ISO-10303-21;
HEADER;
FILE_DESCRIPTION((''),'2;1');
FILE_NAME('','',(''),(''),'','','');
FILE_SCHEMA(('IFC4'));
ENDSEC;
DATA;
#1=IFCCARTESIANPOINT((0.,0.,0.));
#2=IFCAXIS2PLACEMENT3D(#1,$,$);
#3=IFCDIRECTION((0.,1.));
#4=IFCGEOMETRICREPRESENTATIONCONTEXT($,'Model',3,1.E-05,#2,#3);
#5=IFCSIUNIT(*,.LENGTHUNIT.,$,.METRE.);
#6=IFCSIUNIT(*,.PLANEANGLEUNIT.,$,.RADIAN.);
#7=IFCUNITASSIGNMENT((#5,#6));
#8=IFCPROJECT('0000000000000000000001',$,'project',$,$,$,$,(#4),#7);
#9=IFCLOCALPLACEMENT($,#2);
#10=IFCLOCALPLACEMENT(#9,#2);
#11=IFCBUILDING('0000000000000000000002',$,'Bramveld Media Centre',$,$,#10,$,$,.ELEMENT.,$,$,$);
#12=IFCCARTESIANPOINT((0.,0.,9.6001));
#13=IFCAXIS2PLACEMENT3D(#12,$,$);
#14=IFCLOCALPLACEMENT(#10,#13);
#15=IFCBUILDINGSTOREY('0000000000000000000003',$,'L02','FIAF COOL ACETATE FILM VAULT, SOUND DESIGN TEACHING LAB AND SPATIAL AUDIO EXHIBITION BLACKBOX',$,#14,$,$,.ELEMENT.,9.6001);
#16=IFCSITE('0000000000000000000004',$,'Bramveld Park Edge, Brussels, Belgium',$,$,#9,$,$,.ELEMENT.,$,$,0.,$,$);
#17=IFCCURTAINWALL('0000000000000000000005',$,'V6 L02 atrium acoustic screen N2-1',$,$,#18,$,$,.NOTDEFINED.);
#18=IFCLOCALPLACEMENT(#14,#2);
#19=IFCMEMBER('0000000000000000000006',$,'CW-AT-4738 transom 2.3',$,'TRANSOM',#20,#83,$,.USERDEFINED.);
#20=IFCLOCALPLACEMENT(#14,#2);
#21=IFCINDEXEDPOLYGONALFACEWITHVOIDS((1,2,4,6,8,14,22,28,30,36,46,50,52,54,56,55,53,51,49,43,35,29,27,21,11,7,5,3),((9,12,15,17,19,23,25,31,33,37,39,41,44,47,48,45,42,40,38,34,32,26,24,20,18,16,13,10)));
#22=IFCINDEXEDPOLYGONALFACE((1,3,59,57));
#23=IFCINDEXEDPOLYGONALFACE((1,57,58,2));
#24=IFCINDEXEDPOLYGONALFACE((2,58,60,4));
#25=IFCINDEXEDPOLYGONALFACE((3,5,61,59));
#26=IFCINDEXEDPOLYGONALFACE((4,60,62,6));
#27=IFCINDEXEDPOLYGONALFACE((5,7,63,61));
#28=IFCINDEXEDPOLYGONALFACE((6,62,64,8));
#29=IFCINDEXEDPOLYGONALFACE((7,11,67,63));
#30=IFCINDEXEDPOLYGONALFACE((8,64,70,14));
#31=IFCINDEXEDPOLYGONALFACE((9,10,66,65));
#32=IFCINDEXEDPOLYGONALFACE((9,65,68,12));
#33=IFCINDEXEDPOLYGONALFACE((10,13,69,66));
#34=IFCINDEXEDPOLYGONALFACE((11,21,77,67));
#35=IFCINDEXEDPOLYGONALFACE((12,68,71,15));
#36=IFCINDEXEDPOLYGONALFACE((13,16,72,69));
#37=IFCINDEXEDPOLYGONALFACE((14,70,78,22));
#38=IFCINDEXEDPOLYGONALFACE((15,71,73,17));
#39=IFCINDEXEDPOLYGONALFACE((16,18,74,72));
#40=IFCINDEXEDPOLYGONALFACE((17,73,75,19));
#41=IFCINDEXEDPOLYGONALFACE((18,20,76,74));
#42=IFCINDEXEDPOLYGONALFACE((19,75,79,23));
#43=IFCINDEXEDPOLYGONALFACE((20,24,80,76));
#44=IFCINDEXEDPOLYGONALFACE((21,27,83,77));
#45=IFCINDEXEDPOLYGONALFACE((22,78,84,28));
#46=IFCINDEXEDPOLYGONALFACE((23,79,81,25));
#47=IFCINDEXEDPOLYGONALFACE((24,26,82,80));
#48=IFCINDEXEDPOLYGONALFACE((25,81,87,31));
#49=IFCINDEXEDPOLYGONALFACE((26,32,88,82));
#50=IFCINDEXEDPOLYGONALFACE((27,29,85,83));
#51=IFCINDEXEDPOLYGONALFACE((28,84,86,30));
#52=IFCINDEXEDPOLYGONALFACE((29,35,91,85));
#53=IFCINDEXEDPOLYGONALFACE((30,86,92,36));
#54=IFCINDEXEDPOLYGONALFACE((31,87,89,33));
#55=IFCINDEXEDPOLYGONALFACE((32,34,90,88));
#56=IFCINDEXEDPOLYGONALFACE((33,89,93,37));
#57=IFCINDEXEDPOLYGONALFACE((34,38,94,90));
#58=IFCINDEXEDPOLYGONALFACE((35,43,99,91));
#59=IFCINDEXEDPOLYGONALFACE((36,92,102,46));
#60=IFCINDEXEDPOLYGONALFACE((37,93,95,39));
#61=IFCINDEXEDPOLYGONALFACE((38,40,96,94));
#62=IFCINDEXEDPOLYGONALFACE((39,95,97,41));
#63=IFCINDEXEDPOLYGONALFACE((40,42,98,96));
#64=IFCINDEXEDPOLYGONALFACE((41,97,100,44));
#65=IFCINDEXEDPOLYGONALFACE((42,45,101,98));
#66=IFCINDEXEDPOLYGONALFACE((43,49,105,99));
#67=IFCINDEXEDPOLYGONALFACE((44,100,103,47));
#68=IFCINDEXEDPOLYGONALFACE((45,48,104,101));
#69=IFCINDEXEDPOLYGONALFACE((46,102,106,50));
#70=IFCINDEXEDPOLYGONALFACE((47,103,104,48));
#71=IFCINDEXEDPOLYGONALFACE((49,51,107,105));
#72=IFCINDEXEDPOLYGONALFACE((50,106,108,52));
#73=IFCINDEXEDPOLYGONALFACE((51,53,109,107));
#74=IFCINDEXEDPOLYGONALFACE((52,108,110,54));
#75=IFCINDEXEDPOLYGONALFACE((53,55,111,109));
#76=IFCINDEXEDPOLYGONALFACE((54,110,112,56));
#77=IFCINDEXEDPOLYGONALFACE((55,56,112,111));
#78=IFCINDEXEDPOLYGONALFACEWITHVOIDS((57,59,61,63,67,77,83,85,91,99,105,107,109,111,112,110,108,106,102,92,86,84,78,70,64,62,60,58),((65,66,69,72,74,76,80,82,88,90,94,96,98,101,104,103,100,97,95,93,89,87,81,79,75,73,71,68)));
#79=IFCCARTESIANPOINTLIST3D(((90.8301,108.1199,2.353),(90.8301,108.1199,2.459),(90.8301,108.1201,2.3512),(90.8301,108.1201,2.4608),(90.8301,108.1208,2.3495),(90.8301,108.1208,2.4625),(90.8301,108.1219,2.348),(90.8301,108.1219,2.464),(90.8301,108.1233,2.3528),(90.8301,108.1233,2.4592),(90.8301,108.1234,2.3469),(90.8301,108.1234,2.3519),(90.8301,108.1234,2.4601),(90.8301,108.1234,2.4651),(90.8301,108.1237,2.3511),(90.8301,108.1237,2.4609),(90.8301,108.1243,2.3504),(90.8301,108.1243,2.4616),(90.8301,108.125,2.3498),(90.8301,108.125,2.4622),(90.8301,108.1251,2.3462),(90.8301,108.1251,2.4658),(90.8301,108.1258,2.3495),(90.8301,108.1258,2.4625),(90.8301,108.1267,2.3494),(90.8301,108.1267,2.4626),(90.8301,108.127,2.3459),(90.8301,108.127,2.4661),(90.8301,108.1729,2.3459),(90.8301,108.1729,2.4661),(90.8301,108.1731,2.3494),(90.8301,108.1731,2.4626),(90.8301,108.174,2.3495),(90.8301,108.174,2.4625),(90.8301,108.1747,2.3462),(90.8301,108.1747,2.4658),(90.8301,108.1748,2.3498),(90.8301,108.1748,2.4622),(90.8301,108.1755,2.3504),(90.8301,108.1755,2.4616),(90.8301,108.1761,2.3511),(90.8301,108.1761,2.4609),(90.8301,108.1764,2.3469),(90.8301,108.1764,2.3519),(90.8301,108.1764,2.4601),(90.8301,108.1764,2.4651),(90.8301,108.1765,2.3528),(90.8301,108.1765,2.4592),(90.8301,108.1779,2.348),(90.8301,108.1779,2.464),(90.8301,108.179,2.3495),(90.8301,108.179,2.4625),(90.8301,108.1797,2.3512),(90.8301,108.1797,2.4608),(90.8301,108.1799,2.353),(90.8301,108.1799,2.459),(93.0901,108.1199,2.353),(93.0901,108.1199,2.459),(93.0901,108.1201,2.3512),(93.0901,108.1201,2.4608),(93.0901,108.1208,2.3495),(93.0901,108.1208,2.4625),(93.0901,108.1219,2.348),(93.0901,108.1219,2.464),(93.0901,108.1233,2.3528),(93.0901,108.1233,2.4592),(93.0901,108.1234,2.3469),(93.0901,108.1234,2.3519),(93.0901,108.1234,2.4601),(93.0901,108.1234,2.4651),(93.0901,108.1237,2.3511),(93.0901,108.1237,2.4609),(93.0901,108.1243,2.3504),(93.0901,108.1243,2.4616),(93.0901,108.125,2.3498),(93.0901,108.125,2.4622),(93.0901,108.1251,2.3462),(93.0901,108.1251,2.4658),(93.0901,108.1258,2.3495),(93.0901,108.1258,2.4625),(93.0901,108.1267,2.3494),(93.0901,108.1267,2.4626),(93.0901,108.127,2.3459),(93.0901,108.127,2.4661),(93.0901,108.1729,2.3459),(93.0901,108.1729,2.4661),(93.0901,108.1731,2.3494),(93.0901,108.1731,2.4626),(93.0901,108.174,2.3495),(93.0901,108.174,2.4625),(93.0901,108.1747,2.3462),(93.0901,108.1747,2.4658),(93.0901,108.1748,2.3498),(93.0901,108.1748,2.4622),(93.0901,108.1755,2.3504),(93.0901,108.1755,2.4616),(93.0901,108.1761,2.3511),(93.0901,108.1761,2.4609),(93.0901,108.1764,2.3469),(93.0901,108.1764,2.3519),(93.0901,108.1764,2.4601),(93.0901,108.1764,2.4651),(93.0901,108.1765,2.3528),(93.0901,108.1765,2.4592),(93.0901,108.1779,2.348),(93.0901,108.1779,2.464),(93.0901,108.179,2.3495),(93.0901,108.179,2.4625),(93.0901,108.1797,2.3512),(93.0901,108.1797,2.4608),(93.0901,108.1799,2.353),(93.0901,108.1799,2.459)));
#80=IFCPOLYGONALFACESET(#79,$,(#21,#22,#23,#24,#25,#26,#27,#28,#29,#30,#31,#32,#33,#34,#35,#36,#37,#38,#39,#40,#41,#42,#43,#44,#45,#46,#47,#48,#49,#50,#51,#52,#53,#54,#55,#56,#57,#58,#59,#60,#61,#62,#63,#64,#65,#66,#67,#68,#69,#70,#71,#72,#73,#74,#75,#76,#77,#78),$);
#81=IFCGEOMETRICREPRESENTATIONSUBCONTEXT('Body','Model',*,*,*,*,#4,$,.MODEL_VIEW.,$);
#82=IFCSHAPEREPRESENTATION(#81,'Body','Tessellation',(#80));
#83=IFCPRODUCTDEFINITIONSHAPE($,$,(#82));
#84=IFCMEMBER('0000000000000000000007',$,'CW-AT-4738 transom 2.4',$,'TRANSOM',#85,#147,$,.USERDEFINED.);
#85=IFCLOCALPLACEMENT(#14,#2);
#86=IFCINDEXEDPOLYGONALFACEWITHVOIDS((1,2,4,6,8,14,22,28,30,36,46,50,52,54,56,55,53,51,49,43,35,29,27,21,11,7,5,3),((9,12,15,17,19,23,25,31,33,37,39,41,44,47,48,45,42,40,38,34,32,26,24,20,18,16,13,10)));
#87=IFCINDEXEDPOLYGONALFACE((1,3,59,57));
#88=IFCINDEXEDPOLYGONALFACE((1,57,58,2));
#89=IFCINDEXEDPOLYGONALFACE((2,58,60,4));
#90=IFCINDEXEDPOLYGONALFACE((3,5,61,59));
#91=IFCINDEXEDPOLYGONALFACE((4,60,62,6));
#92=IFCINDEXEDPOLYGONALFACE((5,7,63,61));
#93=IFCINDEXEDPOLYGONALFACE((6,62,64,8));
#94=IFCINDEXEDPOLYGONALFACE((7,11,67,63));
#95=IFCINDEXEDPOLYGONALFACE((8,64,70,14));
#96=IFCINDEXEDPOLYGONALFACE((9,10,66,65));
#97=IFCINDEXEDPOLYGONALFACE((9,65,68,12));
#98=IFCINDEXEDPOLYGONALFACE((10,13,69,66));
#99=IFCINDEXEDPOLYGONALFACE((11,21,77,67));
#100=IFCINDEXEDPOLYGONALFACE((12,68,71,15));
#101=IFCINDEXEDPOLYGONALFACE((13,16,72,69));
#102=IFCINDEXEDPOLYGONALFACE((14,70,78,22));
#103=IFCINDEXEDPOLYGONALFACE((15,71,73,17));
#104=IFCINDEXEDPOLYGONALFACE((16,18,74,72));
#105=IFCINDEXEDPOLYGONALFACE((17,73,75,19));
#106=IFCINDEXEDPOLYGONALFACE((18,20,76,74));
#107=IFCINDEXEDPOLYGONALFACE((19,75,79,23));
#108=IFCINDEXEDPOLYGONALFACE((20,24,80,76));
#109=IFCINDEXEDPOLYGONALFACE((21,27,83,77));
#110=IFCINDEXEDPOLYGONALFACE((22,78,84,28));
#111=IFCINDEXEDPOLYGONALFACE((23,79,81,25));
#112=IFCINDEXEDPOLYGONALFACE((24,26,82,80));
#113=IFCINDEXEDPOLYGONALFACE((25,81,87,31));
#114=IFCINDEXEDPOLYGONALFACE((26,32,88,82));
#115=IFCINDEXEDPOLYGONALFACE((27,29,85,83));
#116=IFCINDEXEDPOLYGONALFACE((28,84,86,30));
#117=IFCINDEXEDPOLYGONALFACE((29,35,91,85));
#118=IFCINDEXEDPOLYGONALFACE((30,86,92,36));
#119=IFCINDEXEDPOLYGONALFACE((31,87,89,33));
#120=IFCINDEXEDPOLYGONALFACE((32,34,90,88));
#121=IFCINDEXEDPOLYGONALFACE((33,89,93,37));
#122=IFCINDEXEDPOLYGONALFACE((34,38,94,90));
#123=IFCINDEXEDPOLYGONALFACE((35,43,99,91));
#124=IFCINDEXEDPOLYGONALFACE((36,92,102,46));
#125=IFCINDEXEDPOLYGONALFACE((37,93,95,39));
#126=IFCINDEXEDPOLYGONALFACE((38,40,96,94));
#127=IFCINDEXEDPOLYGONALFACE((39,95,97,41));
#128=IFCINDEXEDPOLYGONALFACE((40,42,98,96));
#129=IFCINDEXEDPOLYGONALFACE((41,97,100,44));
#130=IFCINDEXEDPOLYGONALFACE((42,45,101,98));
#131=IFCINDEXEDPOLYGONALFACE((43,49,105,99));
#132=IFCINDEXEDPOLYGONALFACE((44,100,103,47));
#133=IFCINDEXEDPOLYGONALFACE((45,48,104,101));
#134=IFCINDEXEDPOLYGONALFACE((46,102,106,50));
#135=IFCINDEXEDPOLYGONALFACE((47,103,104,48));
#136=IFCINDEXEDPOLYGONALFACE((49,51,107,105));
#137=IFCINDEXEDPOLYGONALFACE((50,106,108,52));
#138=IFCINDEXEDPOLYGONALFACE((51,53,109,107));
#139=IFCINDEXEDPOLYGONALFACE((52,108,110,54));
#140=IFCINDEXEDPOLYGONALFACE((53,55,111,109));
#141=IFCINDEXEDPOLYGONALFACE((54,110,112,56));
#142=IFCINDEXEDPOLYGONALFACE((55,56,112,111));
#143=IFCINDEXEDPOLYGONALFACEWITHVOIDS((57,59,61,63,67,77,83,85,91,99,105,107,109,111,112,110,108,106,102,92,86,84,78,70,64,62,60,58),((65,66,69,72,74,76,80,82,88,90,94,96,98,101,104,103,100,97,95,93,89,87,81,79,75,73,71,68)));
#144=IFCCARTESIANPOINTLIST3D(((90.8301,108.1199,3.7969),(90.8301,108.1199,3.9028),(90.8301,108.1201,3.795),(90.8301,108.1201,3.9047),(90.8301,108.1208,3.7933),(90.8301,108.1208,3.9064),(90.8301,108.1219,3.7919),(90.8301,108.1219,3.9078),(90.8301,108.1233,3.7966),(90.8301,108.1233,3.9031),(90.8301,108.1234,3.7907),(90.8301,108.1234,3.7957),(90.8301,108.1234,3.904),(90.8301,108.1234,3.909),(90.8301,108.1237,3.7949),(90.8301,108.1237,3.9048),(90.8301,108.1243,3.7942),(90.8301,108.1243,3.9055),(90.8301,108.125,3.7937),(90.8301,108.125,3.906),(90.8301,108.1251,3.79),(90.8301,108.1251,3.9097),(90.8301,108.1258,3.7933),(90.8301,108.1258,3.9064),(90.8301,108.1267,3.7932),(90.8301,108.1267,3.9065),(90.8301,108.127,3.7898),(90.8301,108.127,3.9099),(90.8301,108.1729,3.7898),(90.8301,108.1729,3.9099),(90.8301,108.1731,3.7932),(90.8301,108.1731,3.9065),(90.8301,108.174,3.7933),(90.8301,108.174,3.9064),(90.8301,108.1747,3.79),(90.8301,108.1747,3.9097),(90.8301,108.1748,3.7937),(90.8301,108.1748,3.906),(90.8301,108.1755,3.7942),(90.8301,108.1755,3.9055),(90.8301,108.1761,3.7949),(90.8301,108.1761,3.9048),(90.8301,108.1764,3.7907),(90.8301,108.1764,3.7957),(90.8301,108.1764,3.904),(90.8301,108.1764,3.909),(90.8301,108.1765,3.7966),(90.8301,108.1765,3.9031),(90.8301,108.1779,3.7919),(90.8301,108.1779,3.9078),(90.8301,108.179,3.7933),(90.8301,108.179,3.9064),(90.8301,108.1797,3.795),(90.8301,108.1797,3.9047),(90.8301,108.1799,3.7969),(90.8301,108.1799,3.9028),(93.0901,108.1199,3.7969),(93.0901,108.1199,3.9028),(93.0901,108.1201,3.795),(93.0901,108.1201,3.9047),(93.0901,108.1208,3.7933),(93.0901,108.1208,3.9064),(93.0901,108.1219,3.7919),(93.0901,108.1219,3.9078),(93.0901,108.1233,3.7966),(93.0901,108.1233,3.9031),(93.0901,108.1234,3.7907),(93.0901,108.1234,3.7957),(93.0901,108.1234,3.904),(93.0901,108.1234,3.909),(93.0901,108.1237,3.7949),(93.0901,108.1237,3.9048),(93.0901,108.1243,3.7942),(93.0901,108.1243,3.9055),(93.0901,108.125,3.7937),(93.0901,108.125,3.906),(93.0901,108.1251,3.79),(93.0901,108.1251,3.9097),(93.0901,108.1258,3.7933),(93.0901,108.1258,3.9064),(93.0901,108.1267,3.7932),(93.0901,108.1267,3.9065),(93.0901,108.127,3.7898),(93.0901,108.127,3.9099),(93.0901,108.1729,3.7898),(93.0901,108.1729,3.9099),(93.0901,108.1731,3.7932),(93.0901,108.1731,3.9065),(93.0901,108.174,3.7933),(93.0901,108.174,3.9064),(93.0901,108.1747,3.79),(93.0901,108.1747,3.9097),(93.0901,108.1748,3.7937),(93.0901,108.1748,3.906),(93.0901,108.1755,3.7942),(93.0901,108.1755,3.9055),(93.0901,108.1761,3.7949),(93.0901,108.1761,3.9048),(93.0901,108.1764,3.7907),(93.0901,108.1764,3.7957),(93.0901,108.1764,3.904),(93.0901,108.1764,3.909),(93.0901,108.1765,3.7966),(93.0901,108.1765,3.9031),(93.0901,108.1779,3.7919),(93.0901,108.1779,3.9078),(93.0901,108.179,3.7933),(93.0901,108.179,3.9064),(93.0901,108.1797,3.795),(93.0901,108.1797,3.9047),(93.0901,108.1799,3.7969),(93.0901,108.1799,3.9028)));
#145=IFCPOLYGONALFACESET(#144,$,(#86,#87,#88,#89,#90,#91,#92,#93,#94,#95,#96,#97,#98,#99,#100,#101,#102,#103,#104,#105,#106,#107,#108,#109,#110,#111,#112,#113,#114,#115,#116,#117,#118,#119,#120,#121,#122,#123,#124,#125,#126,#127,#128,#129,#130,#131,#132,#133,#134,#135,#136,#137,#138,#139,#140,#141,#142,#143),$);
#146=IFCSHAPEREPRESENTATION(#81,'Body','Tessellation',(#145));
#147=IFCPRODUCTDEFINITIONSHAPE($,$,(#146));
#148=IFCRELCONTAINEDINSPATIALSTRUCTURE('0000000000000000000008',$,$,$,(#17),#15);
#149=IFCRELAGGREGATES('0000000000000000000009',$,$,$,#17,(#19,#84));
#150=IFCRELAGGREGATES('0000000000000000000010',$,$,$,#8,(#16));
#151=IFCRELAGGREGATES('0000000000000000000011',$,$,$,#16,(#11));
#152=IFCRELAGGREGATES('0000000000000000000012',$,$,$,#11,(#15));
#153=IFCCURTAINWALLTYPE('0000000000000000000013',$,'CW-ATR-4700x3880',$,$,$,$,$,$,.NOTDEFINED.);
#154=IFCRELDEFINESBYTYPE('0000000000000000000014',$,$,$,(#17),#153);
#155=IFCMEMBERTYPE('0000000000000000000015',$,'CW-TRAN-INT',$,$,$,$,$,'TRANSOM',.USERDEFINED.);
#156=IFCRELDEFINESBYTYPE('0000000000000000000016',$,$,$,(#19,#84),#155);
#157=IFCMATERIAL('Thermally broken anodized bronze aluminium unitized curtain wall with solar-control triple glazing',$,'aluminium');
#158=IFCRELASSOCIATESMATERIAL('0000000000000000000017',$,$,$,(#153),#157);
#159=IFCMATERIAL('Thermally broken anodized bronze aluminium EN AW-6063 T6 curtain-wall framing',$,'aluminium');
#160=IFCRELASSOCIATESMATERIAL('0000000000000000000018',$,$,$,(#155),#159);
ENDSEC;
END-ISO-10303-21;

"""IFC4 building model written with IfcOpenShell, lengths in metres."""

from ifc_helpers import new_model, si_unit, direction, frame, origin, origin_2d, place, context, subcontext, project, spatial, hollow_rectangle, extrude, material, material_profile, profile_set, type_object, element, aggregate, save


model = new_model("IFC4")

# Units and contexts
model_context = context("Model", 3, precision=1e-05, world=origin(), true_north=direction((0.0, 1.0)))
body_context = subcontext(model_context, "Body", "Model", "MODEL_VIEW")
ifc_project = project(units=[si_unit("LENGTHUNIT", "METRE"), si_unit("PLANEANGLEUNIT", "RADIAN")], contexts=[model_context])

# Site, building, storey
site_placement = place(None, origin())
site = spatial("IfcSite", under=ifc_project, at=site_placement, Name="Bramveld Park Edge, Brussels, Belgium", CompositionType="ELEMENT", RefElevation=0.0)
building_placement = place(site_placement, origin())
building = spatial("IfcBuilding", under=site, at=building_placement, Name="Bramveld Media Centre", CompositionType="ELEMENT")
storey_placement = place(building_placement, frame((0.0, 0.0, 9.6001)))
storey = spatial("IfcBuildingStorey", under=building, at=storey_placement, Name="L02", Description="FIAF COOL ACETATE FILM VAULT, SOUND DESIGN TEACHING LAB AND SPATIAL AUDIO EXHIBITION BLACKBOX", CompositionType="ELEMENT", Elevation=9.6001)

# Shared definitions
ifc_material_1 = material(Name="Thermally broken anodized bronze aluminium unitized curtain wall with solar-control triple glazing", Category="aluminium")
curtain_wall_type_1 = type_object("IfcCurtainWallType", Name="CW-ATR-4700x3880", PredefinedType="NOTDEFINED", material=ifc_material_1)

# Curtain wall
curtain_wall_1_placement = place(storey_placement, origin())
curtain_wall_1 = element("IfcCurtainWall", 1, at=curtain_wall_1_placement, inside=storey, type_object=curtain_wall_type_1, Name="V6 L02 atrium acoustic screen N2-1", PredefinedType="NOTDEFINED")

# Members
ifc_material_2 = material(Name="Thermally broken anodized bronze aluminium EN AW-6063 T6 curtain-wall framing", Category="aluminium")
ifc_material_profile_1 = material_profile(ifc_material_2, hollow_rectangle(XDim=0.0601, YDim=0.1201, WallThickness=0.0034, InnerFilletRadius=0.0034, OuterFilletRadius=0.0071, at=origin_2d()), Name="AL-TRAN 60x120")
ifc_profile_set_1 = profile_set([ifc_material_profile_1], Name="Thermally broken anodized bronze aluminium EN AW-6063 T6 curtain-wall framing")
member_type_1 = type_object("IfcMemberType", Name="CW-TRAN-INT", ElementType="TRANSOM", PredefinedType="USERDEFINED", material=ifc_profile_set_1)
member_1_placement = place(storey_placement, frame((90.8301, 108.1499, 2.406), z_axis=(1.0, 0.0, 0.0), x_axis=(0.0, 1.0, 0.0)))
member_1 = element("IfcMember", 2, at=member_1_placement, type_object=member_type_1, Name="CW-AT-4738 transom 2.3", ObjectType="TRANSOM", PredefinedType="USERDEFINED", context=body_context, shape_type="SweptSolid", body=[
    extrude(hollow_rectangle(XDim=0.0601, YDim=0.1201, WallThickness=0.0034, InnerFilletRadius=0.0034, OuterFilletRadius=0.0071, at=origin_2d()), origin(), (0.0, 0.0, 1.0), 2.26),
])
member_2_placement = place(storey_placement, frame((90.8301, 108.1499, 3.8499), z_axis=(1.0, 0.0, 0.0), x_axis=(0.0, 1.0, 0.0)))
member_2 = element("IfcMember", 3, at=member_2_placement, type_object=member_type_1, Name="CW-AT-4738 transom 2.4", ObjectType="TRANSOM", PredefinedType="USERDEFINED", context=body_context, shape_type="SweptSolid", body=[
    extrude(hollow_rectangle(XDim=0.0601, YDim=0.1201, WallThickness=0.0034, InnerFilletRadius=0.0034, OuterFilletRadius=0.0071, at=origin_2d()), origin(), (0.0, 0.0, 1.0), 2.26),
])

aggregate(curtain_wall_1, [member_1, member_2])

save(model, "model.ifc")
